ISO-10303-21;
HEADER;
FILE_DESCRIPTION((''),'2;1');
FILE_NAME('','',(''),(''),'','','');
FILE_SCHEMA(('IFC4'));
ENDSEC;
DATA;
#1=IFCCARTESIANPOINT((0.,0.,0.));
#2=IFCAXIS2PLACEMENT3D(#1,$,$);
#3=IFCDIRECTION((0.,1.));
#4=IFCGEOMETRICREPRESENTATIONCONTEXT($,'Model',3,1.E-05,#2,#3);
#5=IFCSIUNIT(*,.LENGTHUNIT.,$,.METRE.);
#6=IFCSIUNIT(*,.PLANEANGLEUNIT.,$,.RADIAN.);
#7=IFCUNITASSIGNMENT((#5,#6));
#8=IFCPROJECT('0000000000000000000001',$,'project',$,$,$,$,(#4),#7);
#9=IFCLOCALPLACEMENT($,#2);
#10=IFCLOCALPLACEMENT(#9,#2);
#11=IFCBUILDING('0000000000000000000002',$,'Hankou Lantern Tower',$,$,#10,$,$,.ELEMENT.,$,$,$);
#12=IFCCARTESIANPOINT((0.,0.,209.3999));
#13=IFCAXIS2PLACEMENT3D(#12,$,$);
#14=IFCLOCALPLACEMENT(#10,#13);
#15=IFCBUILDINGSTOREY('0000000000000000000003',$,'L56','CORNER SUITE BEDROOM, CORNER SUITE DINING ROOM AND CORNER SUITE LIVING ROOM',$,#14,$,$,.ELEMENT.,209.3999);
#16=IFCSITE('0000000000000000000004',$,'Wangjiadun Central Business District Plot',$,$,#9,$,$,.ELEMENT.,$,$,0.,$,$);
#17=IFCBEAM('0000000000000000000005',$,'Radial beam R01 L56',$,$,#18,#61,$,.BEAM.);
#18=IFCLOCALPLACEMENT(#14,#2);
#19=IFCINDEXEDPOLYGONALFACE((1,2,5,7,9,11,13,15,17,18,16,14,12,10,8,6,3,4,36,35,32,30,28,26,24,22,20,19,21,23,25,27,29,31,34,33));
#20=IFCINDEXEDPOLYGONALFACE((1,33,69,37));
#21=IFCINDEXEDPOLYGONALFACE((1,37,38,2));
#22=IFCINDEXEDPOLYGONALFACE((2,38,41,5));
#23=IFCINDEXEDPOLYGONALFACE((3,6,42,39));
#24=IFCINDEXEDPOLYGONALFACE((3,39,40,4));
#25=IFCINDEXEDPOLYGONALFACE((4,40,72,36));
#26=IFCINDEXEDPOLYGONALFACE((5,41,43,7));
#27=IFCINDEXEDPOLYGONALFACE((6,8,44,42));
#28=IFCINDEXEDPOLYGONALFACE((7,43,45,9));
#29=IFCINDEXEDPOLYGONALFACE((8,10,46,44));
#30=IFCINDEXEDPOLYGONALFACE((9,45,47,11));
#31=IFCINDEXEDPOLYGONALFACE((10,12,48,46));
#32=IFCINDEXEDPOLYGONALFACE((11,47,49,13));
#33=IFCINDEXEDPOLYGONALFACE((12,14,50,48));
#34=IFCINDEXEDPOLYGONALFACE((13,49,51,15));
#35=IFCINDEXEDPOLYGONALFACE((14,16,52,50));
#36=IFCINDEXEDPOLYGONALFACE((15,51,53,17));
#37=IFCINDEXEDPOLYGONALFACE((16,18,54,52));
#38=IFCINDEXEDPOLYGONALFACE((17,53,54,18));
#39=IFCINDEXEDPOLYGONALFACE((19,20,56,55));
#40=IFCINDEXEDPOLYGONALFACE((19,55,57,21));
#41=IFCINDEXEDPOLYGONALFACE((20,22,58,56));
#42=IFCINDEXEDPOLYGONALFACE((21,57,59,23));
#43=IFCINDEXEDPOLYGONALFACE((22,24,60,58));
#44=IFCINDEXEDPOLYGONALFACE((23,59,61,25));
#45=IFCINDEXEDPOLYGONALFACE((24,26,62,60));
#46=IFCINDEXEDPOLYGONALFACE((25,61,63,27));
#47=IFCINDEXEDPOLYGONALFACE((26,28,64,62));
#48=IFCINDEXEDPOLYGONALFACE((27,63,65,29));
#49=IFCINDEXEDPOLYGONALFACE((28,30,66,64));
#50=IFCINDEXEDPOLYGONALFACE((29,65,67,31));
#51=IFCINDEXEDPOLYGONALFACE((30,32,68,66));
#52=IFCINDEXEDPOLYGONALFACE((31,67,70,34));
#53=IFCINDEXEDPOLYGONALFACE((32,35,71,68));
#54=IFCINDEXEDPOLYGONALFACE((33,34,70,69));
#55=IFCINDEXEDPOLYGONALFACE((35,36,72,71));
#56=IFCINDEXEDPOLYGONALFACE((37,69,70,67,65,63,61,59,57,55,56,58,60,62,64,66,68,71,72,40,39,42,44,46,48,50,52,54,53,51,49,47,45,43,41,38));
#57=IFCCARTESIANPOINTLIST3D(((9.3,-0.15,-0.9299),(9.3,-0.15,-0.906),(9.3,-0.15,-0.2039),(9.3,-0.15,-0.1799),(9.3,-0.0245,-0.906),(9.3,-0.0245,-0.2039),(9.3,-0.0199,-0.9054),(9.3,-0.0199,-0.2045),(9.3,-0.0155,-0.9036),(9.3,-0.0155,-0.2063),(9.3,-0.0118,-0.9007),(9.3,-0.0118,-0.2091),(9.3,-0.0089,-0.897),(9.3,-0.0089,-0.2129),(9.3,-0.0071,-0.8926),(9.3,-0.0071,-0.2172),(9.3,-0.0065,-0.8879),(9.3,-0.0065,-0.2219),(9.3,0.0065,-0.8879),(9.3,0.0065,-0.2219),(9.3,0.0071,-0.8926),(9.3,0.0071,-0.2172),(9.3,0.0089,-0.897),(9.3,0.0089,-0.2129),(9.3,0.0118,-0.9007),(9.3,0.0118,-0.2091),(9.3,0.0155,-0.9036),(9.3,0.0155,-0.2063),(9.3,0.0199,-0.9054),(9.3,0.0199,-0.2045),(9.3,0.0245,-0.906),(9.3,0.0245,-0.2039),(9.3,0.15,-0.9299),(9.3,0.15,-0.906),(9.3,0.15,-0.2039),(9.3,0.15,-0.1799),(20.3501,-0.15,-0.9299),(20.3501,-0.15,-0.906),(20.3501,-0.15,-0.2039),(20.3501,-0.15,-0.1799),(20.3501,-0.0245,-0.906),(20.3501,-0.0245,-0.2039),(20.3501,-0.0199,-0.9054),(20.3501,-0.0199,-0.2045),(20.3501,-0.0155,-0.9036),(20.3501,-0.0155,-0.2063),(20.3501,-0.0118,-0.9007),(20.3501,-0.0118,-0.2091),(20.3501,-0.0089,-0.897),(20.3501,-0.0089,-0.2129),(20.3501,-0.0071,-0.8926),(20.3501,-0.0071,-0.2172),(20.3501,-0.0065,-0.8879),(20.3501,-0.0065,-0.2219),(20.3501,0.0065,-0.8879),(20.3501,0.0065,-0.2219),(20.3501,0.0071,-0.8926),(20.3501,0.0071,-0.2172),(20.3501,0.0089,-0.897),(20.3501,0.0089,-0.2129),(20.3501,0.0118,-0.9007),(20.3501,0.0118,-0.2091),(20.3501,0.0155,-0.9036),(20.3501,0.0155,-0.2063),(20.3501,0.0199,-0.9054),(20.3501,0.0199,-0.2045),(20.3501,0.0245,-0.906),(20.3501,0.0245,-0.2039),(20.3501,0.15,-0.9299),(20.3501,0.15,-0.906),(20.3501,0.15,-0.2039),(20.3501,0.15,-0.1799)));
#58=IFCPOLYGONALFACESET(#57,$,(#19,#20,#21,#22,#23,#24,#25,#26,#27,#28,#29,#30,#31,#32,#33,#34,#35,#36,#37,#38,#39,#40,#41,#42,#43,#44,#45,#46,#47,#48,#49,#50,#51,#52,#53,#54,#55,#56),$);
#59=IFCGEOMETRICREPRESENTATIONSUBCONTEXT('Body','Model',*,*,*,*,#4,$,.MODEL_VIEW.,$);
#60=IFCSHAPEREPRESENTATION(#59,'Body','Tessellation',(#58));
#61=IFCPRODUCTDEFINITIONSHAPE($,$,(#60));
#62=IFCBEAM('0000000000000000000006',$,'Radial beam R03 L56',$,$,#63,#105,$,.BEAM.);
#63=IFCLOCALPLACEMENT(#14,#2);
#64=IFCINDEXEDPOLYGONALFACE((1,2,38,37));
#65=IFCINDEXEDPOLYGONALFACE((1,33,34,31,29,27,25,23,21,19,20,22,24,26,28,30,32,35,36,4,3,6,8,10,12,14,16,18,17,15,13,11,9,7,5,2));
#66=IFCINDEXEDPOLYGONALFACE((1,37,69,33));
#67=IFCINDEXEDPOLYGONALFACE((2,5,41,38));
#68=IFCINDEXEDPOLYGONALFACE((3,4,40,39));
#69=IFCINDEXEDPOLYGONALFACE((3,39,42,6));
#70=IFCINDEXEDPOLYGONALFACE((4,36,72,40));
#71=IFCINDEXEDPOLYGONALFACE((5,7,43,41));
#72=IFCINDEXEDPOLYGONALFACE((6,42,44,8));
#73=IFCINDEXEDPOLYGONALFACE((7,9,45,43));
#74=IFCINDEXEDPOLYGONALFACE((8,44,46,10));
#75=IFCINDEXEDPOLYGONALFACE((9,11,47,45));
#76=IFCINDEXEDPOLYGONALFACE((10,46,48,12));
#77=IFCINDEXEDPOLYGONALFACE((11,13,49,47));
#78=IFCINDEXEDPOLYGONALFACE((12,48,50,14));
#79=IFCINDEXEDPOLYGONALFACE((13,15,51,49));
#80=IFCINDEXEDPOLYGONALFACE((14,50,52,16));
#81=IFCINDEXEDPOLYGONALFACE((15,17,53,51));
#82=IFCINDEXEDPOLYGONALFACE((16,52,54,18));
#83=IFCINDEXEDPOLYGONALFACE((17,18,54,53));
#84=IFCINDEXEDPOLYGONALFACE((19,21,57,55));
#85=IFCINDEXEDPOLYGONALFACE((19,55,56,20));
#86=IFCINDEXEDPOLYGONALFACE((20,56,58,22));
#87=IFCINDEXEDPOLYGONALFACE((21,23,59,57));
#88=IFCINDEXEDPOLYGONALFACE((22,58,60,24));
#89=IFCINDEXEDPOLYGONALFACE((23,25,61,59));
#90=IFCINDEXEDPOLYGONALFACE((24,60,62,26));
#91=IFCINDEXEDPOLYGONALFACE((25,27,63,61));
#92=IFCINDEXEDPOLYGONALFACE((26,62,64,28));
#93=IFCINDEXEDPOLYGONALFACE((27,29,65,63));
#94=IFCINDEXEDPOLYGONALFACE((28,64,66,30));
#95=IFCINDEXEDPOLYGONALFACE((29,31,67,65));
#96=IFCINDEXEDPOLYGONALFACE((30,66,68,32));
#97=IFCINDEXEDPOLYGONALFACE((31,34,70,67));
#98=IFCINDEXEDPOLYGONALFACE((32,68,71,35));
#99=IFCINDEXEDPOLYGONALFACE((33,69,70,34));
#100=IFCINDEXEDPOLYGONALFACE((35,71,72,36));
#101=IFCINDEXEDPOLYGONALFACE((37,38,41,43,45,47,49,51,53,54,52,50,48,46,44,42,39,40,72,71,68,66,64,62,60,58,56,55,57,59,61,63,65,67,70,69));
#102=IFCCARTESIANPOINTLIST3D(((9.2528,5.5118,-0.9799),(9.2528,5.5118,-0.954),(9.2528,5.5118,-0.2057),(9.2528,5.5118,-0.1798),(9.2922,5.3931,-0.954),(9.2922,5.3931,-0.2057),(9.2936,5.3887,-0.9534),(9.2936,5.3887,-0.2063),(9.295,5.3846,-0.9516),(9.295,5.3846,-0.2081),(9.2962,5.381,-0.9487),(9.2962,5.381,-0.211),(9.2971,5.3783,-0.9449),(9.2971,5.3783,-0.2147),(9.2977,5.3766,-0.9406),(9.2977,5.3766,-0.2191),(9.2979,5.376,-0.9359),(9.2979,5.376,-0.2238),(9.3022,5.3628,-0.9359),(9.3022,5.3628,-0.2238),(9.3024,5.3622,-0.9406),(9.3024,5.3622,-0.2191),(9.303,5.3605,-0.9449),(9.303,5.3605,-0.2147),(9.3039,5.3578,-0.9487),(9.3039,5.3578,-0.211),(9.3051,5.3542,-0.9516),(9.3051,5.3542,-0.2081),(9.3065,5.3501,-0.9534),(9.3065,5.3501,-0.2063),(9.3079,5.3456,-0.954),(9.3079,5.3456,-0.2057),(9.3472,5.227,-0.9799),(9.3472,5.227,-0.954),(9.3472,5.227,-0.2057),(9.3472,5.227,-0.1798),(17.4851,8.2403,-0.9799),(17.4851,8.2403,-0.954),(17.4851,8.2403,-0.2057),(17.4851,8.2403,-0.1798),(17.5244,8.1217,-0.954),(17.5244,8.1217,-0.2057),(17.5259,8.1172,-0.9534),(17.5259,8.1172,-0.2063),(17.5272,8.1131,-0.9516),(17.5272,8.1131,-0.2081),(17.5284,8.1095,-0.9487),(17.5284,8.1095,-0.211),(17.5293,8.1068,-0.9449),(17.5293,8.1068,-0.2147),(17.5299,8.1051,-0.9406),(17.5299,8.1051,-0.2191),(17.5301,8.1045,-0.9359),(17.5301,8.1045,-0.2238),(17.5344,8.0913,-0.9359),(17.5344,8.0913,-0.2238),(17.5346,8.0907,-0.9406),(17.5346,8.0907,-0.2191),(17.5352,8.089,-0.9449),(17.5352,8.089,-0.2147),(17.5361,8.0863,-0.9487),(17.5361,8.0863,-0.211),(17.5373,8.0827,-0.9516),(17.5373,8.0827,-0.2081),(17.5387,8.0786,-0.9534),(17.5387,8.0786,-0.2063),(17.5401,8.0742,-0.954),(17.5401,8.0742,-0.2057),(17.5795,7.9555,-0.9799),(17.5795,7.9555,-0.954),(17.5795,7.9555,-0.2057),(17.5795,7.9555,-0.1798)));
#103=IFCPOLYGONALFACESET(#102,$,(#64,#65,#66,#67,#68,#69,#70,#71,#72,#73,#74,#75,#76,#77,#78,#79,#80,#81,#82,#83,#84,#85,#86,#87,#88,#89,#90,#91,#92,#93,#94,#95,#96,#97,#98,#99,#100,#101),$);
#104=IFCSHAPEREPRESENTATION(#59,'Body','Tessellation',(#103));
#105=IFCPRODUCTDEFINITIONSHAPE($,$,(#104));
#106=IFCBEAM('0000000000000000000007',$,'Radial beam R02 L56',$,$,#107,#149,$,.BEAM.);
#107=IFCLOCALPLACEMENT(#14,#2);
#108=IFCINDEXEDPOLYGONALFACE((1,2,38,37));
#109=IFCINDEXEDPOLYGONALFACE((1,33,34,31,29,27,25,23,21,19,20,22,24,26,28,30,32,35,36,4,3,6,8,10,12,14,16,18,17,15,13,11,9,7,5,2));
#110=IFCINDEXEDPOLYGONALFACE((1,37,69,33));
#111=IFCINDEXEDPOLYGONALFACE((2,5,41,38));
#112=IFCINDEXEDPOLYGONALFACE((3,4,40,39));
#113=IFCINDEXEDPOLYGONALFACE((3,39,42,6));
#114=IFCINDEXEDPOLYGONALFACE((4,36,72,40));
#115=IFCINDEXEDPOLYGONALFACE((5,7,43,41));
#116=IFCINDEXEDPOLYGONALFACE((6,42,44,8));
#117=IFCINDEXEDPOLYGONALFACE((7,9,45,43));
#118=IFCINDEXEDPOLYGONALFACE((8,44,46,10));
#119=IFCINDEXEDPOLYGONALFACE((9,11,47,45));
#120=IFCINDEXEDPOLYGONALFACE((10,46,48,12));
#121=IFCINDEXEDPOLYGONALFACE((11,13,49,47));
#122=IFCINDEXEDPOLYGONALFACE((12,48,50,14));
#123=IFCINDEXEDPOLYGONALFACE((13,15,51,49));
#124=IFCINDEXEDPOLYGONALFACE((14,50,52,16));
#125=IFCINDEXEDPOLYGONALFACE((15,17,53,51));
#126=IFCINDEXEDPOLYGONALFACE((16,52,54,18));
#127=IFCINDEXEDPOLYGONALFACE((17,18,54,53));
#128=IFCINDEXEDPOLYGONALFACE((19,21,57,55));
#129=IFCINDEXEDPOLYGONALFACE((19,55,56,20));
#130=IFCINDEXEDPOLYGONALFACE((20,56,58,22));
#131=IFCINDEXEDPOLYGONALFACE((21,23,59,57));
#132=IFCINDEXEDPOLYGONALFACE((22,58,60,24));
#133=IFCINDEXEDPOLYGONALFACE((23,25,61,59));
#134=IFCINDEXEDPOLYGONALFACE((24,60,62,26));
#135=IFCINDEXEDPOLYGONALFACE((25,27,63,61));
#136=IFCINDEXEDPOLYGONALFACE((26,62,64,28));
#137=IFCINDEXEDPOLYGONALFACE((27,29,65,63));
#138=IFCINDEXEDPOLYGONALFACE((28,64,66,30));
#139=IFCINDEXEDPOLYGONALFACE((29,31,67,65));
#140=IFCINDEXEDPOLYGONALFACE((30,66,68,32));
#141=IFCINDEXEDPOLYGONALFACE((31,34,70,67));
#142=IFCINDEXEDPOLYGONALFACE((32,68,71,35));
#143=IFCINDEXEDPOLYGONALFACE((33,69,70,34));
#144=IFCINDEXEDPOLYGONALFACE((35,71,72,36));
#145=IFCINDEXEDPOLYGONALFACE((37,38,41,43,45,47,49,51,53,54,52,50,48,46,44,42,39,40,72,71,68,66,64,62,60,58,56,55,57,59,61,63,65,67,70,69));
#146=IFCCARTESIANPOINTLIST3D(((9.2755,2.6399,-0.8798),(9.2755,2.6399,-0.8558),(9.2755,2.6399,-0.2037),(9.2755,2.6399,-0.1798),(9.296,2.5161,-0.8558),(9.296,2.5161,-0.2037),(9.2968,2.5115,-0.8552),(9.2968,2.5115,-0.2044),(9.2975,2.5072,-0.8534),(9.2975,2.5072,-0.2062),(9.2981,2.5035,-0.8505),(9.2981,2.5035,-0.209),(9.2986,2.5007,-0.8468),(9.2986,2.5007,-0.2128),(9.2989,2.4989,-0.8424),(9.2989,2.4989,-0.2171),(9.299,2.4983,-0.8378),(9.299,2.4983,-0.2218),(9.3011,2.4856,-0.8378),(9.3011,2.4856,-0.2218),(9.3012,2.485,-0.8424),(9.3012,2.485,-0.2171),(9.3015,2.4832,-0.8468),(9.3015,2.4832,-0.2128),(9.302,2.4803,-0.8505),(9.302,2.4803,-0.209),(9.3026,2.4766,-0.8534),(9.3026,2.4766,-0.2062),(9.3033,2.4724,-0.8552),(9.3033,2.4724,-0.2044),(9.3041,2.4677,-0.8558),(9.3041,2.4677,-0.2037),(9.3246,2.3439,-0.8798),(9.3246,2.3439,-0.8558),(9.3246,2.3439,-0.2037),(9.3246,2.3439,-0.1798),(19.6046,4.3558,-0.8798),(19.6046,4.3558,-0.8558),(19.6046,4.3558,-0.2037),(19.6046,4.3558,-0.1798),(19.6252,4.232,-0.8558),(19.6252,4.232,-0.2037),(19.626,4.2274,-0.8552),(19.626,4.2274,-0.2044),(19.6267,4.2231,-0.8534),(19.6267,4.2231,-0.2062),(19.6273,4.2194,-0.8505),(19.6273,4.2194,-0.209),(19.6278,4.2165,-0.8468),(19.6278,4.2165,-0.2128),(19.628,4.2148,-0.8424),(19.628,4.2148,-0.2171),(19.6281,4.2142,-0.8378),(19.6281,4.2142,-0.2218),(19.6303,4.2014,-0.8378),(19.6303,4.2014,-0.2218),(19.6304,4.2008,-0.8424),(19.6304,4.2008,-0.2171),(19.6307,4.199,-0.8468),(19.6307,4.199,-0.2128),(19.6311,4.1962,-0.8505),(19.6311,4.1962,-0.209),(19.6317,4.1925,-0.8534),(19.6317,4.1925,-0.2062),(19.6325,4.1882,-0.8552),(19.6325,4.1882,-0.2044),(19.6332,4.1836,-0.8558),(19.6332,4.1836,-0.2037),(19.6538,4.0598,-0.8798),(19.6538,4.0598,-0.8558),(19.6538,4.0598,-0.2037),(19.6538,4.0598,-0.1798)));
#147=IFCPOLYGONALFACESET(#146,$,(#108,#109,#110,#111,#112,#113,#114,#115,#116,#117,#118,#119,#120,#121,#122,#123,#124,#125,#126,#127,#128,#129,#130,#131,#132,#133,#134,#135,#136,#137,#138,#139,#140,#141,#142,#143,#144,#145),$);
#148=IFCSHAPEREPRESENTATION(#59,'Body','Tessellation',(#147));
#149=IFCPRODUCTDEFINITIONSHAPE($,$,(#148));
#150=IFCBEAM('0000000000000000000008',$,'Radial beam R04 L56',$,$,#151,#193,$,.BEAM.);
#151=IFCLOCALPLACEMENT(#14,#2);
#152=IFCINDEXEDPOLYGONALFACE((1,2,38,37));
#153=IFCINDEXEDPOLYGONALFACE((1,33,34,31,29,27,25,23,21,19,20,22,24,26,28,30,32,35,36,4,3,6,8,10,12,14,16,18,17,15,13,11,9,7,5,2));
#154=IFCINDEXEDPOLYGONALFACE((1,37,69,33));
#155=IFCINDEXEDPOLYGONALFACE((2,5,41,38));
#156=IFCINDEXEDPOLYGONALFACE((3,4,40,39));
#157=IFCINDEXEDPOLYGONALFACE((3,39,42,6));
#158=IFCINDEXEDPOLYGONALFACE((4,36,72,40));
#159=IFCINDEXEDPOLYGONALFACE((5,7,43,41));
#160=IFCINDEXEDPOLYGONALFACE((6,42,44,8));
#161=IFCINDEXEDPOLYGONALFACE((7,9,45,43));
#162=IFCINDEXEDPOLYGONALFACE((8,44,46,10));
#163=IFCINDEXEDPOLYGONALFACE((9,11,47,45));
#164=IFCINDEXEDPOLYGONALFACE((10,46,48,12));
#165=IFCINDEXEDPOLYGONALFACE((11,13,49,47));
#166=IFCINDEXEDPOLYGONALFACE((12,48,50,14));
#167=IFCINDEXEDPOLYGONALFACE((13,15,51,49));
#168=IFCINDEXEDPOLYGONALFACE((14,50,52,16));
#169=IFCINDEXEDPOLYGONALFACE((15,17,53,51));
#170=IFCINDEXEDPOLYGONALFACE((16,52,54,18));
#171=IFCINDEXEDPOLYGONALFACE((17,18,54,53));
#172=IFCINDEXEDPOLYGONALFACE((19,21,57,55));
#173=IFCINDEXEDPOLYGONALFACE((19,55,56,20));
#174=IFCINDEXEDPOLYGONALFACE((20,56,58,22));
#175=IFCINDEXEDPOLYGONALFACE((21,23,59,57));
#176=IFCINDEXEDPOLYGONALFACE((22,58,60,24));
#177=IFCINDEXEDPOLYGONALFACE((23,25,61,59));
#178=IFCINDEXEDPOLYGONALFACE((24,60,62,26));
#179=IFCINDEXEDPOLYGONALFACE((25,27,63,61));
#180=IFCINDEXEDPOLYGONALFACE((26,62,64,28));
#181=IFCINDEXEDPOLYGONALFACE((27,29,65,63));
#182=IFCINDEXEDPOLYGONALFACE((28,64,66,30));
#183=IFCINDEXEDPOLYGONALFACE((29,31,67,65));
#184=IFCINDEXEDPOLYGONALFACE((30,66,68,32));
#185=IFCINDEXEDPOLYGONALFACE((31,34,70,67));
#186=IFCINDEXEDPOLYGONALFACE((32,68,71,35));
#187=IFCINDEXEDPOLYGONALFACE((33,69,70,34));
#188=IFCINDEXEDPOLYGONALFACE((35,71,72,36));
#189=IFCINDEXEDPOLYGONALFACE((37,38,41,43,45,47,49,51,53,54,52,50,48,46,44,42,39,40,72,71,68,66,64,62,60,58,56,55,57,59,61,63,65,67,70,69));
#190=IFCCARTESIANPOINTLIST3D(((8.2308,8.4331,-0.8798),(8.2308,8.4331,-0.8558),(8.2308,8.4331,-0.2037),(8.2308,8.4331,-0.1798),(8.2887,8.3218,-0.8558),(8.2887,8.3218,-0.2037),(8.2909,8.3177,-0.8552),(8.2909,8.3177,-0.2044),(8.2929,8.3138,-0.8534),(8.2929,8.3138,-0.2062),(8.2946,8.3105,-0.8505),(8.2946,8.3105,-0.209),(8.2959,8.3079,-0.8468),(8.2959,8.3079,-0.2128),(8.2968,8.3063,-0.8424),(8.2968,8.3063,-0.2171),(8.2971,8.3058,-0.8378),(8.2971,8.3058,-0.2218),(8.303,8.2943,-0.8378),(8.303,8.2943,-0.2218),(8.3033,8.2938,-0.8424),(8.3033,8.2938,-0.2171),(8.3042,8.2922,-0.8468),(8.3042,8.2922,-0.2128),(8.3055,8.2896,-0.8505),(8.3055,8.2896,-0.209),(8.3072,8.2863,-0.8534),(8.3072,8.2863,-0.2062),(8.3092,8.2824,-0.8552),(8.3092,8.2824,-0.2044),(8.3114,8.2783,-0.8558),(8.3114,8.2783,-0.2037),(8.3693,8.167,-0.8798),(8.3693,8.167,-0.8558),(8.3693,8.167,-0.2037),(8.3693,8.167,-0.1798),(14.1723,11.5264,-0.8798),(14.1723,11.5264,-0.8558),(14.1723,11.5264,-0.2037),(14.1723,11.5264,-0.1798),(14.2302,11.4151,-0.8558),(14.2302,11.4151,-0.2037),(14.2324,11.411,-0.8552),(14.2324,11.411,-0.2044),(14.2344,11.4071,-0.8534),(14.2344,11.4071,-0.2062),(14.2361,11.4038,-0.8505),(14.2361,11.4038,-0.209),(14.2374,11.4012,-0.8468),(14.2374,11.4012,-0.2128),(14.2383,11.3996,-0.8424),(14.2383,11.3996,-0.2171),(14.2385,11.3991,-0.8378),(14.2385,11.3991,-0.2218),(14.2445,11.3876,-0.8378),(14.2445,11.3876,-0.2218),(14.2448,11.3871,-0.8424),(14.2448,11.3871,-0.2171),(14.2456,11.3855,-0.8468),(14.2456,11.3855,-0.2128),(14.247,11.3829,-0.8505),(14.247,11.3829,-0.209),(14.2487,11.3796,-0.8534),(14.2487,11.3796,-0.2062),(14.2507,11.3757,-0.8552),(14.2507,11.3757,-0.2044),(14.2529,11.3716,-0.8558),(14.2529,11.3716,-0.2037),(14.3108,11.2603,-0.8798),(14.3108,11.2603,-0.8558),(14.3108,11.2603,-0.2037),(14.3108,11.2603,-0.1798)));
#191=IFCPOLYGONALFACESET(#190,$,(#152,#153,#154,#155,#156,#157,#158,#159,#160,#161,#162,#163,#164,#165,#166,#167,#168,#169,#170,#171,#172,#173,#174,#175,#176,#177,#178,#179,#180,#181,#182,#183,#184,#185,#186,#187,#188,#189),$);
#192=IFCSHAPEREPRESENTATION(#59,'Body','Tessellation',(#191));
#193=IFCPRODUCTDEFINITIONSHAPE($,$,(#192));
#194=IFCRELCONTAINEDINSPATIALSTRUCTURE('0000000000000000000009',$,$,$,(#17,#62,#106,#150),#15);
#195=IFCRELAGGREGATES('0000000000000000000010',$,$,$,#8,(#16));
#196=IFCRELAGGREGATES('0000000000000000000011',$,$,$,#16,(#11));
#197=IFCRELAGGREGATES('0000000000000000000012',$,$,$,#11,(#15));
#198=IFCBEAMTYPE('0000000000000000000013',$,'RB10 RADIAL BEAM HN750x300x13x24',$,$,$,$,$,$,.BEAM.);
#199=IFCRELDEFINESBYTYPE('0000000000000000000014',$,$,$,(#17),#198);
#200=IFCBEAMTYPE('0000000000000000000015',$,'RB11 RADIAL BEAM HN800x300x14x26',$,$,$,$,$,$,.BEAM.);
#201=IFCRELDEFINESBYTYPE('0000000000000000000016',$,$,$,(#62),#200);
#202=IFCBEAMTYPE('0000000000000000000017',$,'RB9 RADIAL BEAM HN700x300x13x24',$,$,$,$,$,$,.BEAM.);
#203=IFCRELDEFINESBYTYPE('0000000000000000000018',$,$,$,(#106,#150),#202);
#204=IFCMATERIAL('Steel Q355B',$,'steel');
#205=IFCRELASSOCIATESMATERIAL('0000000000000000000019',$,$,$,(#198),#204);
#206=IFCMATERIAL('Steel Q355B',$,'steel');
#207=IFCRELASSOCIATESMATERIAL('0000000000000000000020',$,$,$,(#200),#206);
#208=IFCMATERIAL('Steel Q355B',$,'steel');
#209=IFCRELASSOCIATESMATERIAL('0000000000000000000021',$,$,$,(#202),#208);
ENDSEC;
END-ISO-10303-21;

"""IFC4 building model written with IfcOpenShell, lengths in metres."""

from ifc_helpers import new_model, si_unit, direction, frame, origin, origin_2d, place, context, subcontext, project, spatial, i_section, extrude, material, material_profile, profile_set, type_object, element, save


model = new_model("IFC4")

# Units and contexts
model_context = context("Model", 3, precision=1e-05, world=origin(), true_north=direction((0.0, 1.0)))
body_context = subcontext(model_context, "Body", "Model", "MODEL_VIEW")
ifc_project = project(units=[si_unit("LENGTHUNIT", "METRE"), si_unit("PLANEANGLEUNIT", "RADIAN")], contexts=[model_context])

# Site, building, storey
site_placement = place(None, origin())
site = spatial("IfcSite", under=ifc_project, at=site_placement, Name="Wangjiadun Central Business District Plot", CompositionType="ELEMENT", RefElevation=0.0)
building_placement = place(site_placement, origin())
building = spatial("IfcBuilding", under=site, at=building_placement, Name="Hankou Lantern Tower", CompositionType="ELEMENT")
storey_placement = place(building_placement, frame((0.0, 0.0, 209.3999)))
storey = spatial("IfcBuildingStorey", under=building, at=storey_placement, Name="L56", Description="CORNER SUITE BEDROOM, CORNER SUITE DINING ROOM AND CORNER SUITE LIVING ROOM", CompositionType="ELEMENT", Elevation=209.3999)

# Beams
ifc_material_1 = material(Name="Steel Q355B", Category="steel")
ifc_material_profile_1 = material_profile(ifc_material_1, i_section(OverallWidth=0.3, OverallDepth=0.75, WebThickness=0.0129, FlangeThickness=0.0239, FilletRadius=0.0181, at=origin_2d()), Name="HN750x300x13x24")
ifc_profile_set_1 = profile_set([ifc_material_profile_1], Name="Steel Q355B")
beam_type_1 = type_object("IfcBeamType", Name="RB10 RADIAL BEAM HN750x300x13x24", PredefinedType="BEAM", material=ifc_profile_set_1)
beam_1_placement = place(storey_placement, frame((9.3, 0.0, -0.5549), z_axis=(1.0, 0.0, 0.0), x_axis=(0.0, 1.0, 0.0)))
element("IfcBeam", 1, at=beam_1_placement, inside=storey, type_object=beam_type_1, Name="Radial beam R01 L56", PredefinedType="BEAM", context=body_context, shape_type="SweptSolid", body=[
    extrude(i_section(OverallWidth=0.3, OverallDepth=0.75, WebThickness=0.0129, FlangeThickness=0.0239, FilletRadius=0.0181, at=origin_2d()), origin(), (0.0, 0.0, 1.0), 11.05),
])
ifc_material_2 = material(Name="Steel Q355B", Category="steel")
ifc_material_profile_2 = material_profile(ifc_material_2, i_section(OverallWidth=0.3, OverallDepth=0.8, WebThickness=0.0139, FlangeThickness=0.0259, FilletRadius=0.0181, at=origin_2d()), Name="HN800x300x14x26")
ifc_profile_set_2 = profile_set([ifc_material_profile_2], Name="Steel Q355B")
beam_type_2 = type_object("IfcBeamType", Name="RB11 RADIAL BEAM HN800x300x14x26", PredefinedType="BEAM", material=ifc_profile_set_2)
beam_2_placement = place(storey_placement, frame((9.3, 5.3694, -0.5798), z_axis=(0.94922, 0.314614, 0.0), x_axis=(-0.314614, 0.94922, 0.0)))
element("IfcBeam", 2, at=beam_2_placement, inside=storey, type_object=beam_type_2, Name="Radial beam R03 L56", PredefinedType="BEAM", context=body_context, shape_type="SweptSolid", body=[
    extrude(i_section(OverallWidth=0.3, OverallDepth=0.8, WebThickness=0.0139, FlangeThickness=0.0259, FilletRadius=0.0181, at=origin_2d()), origin(), (0.0, 0.0, 1.0), 8.6726),
])
ifc_material_3 = material(Name="Steel Q355B", Category="steel")
ifc_material_profile_3 = material_profile(ifc_material_3, i_section(OverallWidth=0.3, OverallDepth=0.7, WebThickness=0.0129, FlangeThickness=0.0239, FilletRadius=0.0181, at=origin_2d()), Name="HN700x300x13x24")
ifc_profile_set_3 = profile_set([ifc_material_profile_3], Name="Steel Q355B")
beam_type_3 = type_object("IfcBeamType", Name="RB9 RADIAL BEAM HN700x300x13x24", PredefinedType="BEAM", material=ifc_profile_set_3)
beam_3_placement = place(storey_placement, frame((9.3, 2.4919, -0.5298), z_axis=(0.986482, 0.16387, 0.0), x_axis=(-0.16387, 0.986482, 0.0)))
element("IfcBeam", 3, at=beam_3_placement, inside=storey, type_object=beam_type_3, Name="Radial beam R02 L56", PredefinedType="BEAM", context=body_context, shape_type="SweptSolid", body=[
    extrude(i_section(OverallWidth=0.3, OverallDepth=0.7, WebThickness=0.0129, FlangeThickness=0.0239, FilletRadius=0.0181, at=origin_2d()), origin(), (0.0, 0.0, 1.0), 10.4707),
])
beam_4_placement = place(storey_placement, frame((8.3, 8.3, -0.5298), z_axis=(0.886989, 0.461791, 0.0), x_axis=(-0.461791, 0.886989, 0.0)))
element("IfcBeam", 4, at=beam_4_placement, inside=storey, type_object=beam_type_3, Name="Radial beam R04 L56", PredefinedType="BEAM", context=body_context, shape_type="SweptSolid", body=[
    extrude(i_section(OverallWidth=0.3, OverallDepth=0.7, WebThickness=0.0129, FlangeThickness=0.0239, FilletRadius=0.0181, at=origin_2d()), origin(), (0.0, 0.0, 1.0), 6.6985),
])

save(model, "model.ifc")
